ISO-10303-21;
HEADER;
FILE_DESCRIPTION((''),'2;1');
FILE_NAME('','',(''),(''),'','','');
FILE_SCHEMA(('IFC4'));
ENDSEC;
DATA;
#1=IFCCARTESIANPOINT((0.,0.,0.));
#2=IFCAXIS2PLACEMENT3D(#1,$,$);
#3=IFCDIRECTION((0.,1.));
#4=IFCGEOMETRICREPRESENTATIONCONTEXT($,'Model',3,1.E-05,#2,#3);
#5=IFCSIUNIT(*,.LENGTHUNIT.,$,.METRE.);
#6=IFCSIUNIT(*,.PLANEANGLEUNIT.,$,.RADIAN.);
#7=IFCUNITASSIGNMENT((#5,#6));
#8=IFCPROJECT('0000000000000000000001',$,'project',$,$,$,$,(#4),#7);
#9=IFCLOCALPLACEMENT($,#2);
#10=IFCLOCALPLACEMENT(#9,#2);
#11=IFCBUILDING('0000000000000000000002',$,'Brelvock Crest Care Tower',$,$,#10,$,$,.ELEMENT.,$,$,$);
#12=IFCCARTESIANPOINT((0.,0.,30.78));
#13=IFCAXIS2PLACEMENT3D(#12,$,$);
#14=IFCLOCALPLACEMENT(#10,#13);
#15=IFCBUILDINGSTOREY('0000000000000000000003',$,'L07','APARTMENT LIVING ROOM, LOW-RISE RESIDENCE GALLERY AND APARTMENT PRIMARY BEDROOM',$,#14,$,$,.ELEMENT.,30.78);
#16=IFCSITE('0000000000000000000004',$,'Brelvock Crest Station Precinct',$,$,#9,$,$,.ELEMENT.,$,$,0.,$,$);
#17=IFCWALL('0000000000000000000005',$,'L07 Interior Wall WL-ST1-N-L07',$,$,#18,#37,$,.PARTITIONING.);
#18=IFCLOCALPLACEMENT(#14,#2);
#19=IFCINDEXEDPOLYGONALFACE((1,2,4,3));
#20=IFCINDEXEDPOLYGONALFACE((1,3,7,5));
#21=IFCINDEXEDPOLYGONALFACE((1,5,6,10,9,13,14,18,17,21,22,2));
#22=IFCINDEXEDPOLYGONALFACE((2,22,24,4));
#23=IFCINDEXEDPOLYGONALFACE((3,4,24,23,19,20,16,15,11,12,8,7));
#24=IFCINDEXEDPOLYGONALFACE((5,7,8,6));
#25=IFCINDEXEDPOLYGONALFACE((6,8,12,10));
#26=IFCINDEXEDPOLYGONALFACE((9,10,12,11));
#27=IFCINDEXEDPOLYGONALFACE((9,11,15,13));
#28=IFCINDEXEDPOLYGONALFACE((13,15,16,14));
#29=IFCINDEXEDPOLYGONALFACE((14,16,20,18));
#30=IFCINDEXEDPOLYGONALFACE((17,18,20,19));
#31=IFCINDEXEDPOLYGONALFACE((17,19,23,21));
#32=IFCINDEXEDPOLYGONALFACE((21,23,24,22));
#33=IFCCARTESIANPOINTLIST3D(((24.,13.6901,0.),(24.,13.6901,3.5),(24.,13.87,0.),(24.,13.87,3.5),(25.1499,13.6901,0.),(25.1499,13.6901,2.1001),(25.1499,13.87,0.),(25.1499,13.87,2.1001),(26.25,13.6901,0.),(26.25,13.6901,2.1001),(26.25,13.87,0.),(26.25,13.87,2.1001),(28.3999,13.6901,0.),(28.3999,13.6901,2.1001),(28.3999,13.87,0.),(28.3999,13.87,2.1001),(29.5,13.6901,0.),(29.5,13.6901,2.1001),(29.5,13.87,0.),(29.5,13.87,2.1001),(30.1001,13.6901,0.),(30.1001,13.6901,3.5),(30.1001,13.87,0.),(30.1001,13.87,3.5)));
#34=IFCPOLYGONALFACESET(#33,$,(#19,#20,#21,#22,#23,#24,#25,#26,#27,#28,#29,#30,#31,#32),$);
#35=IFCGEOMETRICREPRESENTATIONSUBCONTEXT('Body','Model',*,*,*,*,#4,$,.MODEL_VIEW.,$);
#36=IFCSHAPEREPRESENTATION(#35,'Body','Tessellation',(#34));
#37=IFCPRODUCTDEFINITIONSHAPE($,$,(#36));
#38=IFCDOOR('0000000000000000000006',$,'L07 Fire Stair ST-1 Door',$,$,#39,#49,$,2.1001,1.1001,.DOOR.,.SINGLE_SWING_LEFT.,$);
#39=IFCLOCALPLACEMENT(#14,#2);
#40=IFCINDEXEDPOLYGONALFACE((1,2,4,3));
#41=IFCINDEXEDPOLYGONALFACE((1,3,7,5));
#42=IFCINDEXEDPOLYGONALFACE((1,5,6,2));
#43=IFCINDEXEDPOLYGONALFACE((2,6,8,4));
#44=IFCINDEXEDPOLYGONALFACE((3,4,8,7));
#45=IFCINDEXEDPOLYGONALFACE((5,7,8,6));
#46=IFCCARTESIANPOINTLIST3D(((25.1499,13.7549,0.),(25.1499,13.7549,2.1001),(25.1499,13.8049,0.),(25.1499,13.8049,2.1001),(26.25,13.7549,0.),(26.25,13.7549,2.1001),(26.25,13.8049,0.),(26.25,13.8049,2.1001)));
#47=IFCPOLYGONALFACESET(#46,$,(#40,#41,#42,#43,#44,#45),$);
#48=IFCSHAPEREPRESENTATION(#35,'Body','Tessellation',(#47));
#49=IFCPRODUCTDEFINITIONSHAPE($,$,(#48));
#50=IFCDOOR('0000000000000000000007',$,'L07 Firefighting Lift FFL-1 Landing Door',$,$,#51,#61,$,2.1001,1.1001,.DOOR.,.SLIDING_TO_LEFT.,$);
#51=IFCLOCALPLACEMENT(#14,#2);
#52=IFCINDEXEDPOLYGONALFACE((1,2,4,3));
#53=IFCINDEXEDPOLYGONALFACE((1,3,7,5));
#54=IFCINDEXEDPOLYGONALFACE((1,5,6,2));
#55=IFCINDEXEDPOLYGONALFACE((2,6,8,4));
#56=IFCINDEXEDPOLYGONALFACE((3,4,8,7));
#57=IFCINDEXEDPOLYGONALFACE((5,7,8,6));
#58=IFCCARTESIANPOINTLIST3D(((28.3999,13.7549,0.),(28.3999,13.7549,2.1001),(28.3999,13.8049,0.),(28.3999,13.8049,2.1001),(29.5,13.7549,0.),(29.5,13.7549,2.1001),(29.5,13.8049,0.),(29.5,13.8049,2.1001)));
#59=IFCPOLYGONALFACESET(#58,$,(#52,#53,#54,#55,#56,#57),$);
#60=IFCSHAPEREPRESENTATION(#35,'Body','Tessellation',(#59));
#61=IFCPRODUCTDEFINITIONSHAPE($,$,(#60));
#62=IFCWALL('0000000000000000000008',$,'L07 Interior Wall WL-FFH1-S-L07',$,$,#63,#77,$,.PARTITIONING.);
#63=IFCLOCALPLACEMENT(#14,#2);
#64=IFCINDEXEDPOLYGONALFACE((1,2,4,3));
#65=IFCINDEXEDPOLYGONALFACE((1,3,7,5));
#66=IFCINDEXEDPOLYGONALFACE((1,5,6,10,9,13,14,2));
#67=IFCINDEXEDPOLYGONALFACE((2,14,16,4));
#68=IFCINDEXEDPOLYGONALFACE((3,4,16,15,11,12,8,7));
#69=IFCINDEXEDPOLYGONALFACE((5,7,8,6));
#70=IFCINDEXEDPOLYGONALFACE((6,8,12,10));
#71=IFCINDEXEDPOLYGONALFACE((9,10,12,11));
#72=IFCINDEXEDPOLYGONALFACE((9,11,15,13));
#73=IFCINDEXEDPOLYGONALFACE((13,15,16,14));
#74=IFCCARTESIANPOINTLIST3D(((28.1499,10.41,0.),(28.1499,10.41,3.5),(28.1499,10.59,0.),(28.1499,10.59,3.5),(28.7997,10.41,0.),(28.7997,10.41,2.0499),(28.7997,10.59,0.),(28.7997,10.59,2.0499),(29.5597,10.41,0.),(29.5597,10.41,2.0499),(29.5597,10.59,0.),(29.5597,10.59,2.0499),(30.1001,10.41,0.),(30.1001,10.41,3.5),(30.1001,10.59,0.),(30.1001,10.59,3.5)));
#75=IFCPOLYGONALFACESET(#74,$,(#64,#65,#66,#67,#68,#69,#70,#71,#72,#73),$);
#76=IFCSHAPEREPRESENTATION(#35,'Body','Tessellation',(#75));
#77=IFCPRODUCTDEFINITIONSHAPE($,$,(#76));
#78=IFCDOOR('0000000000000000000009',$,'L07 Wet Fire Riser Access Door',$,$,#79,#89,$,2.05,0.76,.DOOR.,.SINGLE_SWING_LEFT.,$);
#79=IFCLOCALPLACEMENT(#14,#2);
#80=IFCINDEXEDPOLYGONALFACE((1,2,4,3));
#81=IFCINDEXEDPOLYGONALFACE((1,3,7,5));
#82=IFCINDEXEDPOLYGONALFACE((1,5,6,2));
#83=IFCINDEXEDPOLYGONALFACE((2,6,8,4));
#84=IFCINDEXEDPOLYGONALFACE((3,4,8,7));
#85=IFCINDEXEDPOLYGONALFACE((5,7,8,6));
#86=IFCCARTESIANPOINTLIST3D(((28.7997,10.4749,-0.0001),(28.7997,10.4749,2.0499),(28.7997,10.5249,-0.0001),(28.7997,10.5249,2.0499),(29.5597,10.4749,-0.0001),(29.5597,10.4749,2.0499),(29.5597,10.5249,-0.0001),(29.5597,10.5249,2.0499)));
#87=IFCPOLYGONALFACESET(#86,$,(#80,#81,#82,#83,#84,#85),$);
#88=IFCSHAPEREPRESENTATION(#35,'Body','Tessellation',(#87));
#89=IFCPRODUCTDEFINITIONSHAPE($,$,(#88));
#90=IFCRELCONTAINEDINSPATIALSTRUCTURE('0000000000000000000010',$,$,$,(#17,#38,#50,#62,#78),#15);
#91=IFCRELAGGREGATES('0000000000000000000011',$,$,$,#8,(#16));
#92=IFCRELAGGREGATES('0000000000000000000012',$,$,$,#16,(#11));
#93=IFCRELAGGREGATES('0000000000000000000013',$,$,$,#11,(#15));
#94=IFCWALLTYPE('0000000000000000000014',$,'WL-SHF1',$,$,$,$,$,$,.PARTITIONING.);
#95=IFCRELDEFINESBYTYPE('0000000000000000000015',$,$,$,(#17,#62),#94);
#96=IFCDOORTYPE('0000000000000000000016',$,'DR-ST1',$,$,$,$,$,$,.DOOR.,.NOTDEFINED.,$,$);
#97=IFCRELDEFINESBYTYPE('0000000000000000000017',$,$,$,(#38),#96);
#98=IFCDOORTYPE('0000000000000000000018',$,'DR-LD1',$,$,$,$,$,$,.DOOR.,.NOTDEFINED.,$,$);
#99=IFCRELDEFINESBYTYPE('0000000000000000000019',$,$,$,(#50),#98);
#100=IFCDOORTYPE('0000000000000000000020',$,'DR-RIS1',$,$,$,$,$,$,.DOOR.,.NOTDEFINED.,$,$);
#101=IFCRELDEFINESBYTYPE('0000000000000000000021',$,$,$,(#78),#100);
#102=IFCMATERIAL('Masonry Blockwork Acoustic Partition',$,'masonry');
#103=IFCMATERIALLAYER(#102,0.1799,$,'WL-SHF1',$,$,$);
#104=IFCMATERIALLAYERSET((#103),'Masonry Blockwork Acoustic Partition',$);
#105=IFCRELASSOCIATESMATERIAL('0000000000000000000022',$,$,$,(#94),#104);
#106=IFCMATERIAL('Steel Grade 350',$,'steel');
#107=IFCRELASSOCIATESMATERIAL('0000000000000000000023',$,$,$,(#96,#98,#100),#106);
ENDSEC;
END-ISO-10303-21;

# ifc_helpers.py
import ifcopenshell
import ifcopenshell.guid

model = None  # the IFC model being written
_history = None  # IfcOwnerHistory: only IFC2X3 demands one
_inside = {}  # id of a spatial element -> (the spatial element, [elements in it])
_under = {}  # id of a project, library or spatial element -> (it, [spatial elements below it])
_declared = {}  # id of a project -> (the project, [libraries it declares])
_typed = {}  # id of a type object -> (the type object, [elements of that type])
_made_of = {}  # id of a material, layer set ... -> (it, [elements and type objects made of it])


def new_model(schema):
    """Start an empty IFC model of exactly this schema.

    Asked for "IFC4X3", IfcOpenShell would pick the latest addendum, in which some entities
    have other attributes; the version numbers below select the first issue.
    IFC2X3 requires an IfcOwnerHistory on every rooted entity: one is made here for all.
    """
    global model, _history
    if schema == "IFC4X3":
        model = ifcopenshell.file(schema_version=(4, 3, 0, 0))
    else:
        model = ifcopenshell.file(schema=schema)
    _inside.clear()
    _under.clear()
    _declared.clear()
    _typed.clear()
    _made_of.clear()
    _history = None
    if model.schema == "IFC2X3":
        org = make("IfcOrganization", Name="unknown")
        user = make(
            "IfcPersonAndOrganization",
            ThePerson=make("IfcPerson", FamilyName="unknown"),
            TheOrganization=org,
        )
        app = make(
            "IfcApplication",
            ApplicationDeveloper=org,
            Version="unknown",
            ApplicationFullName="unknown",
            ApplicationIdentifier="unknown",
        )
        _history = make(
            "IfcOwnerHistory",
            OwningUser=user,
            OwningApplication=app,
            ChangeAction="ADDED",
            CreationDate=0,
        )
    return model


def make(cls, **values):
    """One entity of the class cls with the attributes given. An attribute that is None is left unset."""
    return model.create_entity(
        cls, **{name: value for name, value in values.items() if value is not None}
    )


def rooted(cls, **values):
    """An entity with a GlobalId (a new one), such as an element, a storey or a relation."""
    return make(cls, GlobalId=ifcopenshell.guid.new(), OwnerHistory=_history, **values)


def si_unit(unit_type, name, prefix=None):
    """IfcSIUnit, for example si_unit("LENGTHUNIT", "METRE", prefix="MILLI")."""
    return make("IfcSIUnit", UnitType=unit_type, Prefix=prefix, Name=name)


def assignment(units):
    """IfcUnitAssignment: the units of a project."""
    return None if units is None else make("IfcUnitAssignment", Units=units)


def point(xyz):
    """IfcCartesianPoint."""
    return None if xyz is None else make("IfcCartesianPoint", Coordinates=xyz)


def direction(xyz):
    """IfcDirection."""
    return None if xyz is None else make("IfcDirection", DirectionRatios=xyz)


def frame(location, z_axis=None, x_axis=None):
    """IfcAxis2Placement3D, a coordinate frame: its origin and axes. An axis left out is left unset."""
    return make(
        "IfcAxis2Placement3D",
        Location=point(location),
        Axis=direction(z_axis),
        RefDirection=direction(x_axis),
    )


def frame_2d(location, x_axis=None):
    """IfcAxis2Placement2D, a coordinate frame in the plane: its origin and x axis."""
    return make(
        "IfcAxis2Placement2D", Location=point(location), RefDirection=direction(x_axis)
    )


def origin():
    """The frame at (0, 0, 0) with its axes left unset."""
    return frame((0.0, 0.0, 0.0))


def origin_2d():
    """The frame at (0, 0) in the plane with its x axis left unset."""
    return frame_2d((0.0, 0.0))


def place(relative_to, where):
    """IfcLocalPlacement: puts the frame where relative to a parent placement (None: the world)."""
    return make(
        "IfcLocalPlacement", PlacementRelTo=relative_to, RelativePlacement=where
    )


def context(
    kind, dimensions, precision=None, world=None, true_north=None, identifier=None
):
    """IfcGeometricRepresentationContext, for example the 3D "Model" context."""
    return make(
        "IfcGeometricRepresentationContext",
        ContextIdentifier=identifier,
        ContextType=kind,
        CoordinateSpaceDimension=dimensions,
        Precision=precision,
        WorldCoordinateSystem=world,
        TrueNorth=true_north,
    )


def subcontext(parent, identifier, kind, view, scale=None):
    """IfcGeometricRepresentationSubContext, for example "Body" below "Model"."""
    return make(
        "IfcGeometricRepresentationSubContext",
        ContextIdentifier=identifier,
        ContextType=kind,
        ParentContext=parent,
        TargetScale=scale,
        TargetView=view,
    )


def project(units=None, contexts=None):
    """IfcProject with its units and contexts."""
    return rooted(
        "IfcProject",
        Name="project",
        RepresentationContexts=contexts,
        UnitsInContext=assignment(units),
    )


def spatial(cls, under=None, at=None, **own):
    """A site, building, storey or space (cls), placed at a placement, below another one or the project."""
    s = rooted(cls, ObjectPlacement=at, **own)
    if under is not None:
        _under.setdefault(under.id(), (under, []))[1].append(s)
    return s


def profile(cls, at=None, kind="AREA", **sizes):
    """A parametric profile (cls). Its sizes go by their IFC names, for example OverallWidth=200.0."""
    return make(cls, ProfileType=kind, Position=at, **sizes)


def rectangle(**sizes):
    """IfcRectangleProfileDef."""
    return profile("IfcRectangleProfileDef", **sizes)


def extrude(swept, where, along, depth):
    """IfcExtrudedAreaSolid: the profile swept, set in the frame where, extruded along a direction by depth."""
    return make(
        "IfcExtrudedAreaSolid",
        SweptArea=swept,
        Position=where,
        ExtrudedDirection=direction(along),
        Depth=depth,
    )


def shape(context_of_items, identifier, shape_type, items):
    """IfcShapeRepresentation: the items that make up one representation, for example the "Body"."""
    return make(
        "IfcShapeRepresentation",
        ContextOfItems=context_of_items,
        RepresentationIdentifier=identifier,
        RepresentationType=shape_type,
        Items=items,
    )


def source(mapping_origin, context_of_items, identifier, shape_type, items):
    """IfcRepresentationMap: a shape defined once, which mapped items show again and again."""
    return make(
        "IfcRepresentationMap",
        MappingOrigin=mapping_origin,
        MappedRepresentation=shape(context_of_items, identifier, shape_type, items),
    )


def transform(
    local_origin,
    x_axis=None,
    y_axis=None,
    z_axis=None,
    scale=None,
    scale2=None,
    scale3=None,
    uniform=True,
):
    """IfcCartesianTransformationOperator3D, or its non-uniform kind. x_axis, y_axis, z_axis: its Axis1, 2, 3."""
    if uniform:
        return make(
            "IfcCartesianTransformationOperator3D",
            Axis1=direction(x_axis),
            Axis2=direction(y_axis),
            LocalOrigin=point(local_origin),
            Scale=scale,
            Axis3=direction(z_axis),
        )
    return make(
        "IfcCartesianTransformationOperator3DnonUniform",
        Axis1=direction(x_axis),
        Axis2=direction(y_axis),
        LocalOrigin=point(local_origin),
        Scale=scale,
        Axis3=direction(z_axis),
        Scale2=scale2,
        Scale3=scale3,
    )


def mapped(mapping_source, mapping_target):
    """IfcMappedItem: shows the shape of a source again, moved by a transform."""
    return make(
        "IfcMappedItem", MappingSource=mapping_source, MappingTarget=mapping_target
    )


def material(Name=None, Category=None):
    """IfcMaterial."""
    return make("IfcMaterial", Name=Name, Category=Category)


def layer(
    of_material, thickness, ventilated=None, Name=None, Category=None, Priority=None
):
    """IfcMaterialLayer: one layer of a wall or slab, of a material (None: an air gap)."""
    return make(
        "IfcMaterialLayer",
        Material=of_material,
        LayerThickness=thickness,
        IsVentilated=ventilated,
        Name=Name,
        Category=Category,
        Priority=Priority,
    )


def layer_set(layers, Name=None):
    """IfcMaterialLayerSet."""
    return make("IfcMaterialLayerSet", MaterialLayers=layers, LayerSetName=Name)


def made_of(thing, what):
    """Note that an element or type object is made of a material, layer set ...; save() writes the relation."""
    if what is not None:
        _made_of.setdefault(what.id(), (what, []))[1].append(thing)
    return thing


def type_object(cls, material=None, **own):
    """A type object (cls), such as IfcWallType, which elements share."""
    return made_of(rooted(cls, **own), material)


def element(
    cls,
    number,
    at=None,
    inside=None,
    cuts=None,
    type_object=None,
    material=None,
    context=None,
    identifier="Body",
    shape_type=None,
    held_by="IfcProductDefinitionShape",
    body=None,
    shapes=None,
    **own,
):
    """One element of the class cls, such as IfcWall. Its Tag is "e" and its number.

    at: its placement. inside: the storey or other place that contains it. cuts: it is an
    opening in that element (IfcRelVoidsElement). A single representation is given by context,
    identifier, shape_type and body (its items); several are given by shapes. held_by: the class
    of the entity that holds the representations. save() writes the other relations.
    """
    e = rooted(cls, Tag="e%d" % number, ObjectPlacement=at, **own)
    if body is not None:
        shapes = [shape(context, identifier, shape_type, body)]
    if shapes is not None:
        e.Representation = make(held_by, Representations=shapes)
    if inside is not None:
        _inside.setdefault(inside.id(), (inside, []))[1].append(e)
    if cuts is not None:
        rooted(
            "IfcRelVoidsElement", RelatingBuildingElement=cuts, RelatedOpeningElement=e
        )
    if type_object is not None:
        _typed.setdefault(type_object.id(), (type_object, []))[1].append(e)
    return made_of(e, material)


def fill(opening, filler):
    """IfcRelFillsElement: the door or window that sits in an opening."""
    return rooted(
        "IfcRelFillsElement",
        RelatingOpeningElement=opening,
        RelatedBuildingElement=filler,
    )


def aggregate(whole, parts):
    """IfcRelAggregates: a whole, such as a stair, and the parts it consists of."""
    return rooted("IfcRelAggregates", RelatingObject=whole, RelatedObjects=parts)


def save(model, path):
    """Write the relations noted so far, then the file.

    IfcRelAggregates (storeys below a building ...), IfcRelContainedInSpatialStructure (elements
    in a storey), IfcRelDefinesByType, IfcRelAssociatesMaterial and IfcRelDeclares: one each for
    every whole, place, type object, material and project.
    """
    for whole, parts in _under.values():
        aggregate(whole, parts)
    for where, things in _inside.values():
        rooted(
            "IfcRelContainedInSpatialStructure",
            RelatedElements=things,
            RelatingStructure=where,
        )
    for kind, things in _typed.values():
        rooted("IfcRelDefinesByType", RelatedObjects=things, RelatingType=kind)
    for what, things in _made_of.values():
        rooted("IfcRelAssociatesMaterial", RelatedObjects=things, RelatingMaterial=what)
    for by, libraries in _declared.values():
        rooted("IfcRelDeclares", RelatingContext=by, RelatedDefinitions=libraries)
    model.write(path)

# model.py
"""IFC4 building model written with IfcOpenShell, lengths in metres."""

from ifc_helpers import new_model, si_unit, direction, frame, frame_2d, origin, origin_2d, place, context, subcontext, project, spatial, rectangle, extrude, source, transform, mapped, material, layer, layer_set, type_object, element, fill, save


model = new_model("IFC4")

# Units and contexts
model_context = context("Model", 3, precision=1e-05, world=origin(), true_north=direction((0.0, 1.0)))
body_context = subcontext(model_context, "Body", "Model", "MODEL_VIEW")
ifc_project = project(units=[si_unit("LENGTHUNIT", "METRE"), si_unit("PLANEANGLEUNIT", "RADIAN")], contexts=[model_context])

# Site, building, storey
site_placement = place(None, origin())
site = spatial("IfcSite", under=ifc_project, at=site_placement, Name="Brelvock Crest Station Precinct", CompositionType="ELEMENT", RefElevation=0.0)
building_placement = place(site_placement, origin())
building = spatial("IfcBuilding", under=site, at=building_placement, Name="Brelvock Crest Care Tower", CompositionType="ELEMENT")
storey_placement = place(building_placement, frame((0.0, 0.0, 30.78)))
storey = spatial("IfcBuildingStorey", under=building, at=storey_placement, Name="L07", Description="APARTMENT LIVING ROOM, LOW-RISE RESIDENCE GALLERY AND APARTMENT PRIMARY BEDROOM", CompositionType="ELEMENT", Elevation=30.78)

# Shared definitions
ifc_material_1 = material(Name="Steel Grade 350", Category="steel")

# Shared definitions
ifc_material_2 = material(Name="Masonry Blockwork Acoustic Partition", Category="masonry")

# Shared definitions
ifc_layer_1 = layer(ifc_material_2, 0.1799, Name="WL-SHF1")
ifc_layer_set_1 = layer_set([ifc_layer_1], Name="Masonry Blockwork Acoustic Partition")
wall_type_1 = type_object("IfcWallType", Name="WL-SHF1", PredefinedType="PARTITIONING", material=ifc_layer_set_1)

# Wall, openings, doors
wall_1_placement = place(storey_placement, frame((24.0, 13.78, 0.0), z_axis=(0.0, 0.0, 1.0), x_axis=(1.0, 0.0, 0.0)))
wall_1 = element("IfcWall", 1, at=wall_1_placement, inside=storey, type_object=wall_type_1, Name="L07 Interior Wall WL-ST1-N-L07", PredefinedType="PARTITIONING", context=body_context, shape_type="SweptSolid", body=[
    extrude(rectangle(XDim=6.1001, YDim=0.1799, at=frame_2d((3.05, 0.0))), origin(), (0.0, 0.0, 1.0), 3.5),
])
opening_1_placement = place(wall_1_placement, frame((1.1499, 0.0, 0.0)))
opening_1 = element("IfcOpeningElement", 2, at=opening_1_placement, cuts=wall_1, PredefinedType="OPENING", context=body_context, shape_type="SweptSolid", body=[
    extrude(rectangle(XDim=1.1001, YDim=2.1001, at=origin_2d()), frame((0.55, 0.1001, 1.05), z_axis=(0.0, -1.0, 0.0), x_axis=(1.0, 0.0, 0.0)), (0.0, 0.0, 1.0), 0.2),
])
opening_2_placement = place(wall_1_placement, frame((4.3999, 0.0, 0.0)))
opening_2 = element("IfcOpeningElement", 3, at=opening_2_placement, cuts=wall_1, PredefinedType="OPENING", context=body_context, shape_type="SweptSolid", body=[
    extrude(rectangle(XDim=1.1001, YDim=2.1001, at=origin_2d()), frame((0.55, 0.1001, 1.05), z_axis=(0.0, -1.0, 0.0), x_axis=(1.0, 0.0, 0.0)), (0.0, 0.0, 1.0), 0.2),
])
door_type_1 = type_object("IfcDoorType", Name="DR-ST1", OperationType="NOTDEFINED", PredefinedType="DOOR", material=ifc_material_1)
shared_shape_1 = source(origin(), body_context, "Body", "SweptSolid", [
    extrude(rectangle(XDim=1.1001, YDim=2.1001, at=origin_2d()), frame((0.55, 0.0249, 1.05), z_axis=(0.0, -1.0, 0.0), x_axis=(1.0, 0.0, 0.0)), (0.0, 0.0, 1.0), 0.05),
])
door_1_placement = place(opening_1_placement, origin())
door_1 = element("IfcDoor", 4, at=door_1_placement, inside=storey, type_object=door_type_1, Name="L07 Fire Stair ST-1 Door", OperationType="SINGLE_SWING_LEFT", OverallHeight=2.1001, OverallWidth=1.1001, PredefinedType="DOOR", context=body_context, shape_type="MappedRepresentation", body=[
    mapped(shared_shape_1, transform((0.0, 0.0, 0.0), x_axis=(1.0, 0.0, 0.0), y_axis=(0.0, 1.0, 0.0), z_axis=(0.0, 0.0, 1.0), scale=1.0)),
])
fill(opening_1, door_1)
door_type_2 = type_object("IfcDoorType", Name="DR-LD1", OperationType="NOTDEFINED", PredefinedType="DOOR", material=ifc_material_1)
shared_shape_2 = source(origin(), body_context, "Body", "SweptSolid", [
    extrude(rectangle(XDim=1.1001, YDim=2.1001, at=origin_2d()), frame((0.55, 0.0249, 1.05), z_axis=(0.0, -1.0, 0.0), x_axis=(1.0, 0.0, 0.0)), (0.0, 0.0, 1.0), 0.05),
])
door_2_placement = place(opening_2_placement, origin())
door_2 = element("IfcDoor", 5, at=door_2_placement, inside=storey, type_object=door_type_2, Name="L07 Firefighting Lift FFL-1 Landing Door", OperationType="SLIDING_TO_LEFT", OverallHeight=2.1001, OverallWidth=1.1001, PredefinedType="DOOR", context=body_context, shape_type="MappedRepresentation", body=[
    mapped(shared_shape_2, transform((0.0, 0.0, 0.0), x_axis=(1.0, 0.0, 0.0), y_axis=(0.0, 1.0, 0.0), z_axis=(0.0, 0.0, 1.0), scale=1.0)),
])
fill(opening_2, door_2)

# Wall, opening, door
wall_2_placement = place(storey_placement, frame((28.1499, 10.5, 0.0), z_axis=(0.0, 0.0, 1.0), x_axis=(1.0, 0.0, 0.0)))
wall_2 = element("IfcWall", 6, at=wall_2_placement, inside=storey, type_object=wall_type_1, Name="L07 Interior Wall WL-FFH1-S-L07", PredefinedType="PARTITIONING", context=body_context, shape_type="SweptSolid", body=[
    extrude(rectangle(XDim=1.9502, YDim=0.1799, at=frame_2d((0.9751, 0.0))), origin(), (0.0, 0.0, 1.0), 3.5),
])
opening_3_placement = place(wall_2_placement, frame((0.6499, 0.0, 0.0)))
opening_3 = element("IfcOpeningElement", 7, at=opening_3_placement, cuts=wall_2, PredefinedType="OPENING", context=body_context, shape_type="SweptSolid", body=[
    extrude(rectangle(XDim=0.76, YDim=2.05, at=origin_2d()), frame((0.3799, 0.1001, 1.0249), z_axis=(0.0, -1.0, 0.0), x_axis=(1.0, 0.0, 0.0)), (0.0, 0.0, 1.0), 0.2),
])
door_type_3 = type_object("IfcDoorType", Name="DR-RIS1", OperationType="NOTDEFINED", PredefinedType="DOOR", material=ifc_material_1)
shared_shape_3 = source(origin(), body_context, "Body", "SweptSolid", [
    extrude(rectangle(XDim=0.76, YDim=2.05, at=origin_2d()), frame((0.3799, 0.0249, 1.0249), z_axis=(0.0, -1.0, 0.0), x_axis=(1.0, 0.0, 0.0)), (0.0, 0.0, 1.0), 0.05),
])
door_3_placement = place(opening_3_placement, origin())
door_3 = element("IfcDoor", 8, at=door_3_placement, inside=storey, type_object=door_type_3, Name="L07 Wet Fire Riser Access Door", OperationType="SINGLE_SWING_LEFT", OverallHeight=2.05, OverallWidth=0.76, PredefinedType="DOOR", context=body_context, shape_type="MappedRepresentation", body=[
    mapped(shared_shape_3, transform((0.0, 0.0, 0.0), x_axis=(1.0, 0.0, 0.0), y_axis=(0.0, 1.0, 0.0), z_axis=(0.0, 0.0, 1.0), scale=1.0)),
])
fill(opening_3, door_3)

save(model, "model.ifc")
